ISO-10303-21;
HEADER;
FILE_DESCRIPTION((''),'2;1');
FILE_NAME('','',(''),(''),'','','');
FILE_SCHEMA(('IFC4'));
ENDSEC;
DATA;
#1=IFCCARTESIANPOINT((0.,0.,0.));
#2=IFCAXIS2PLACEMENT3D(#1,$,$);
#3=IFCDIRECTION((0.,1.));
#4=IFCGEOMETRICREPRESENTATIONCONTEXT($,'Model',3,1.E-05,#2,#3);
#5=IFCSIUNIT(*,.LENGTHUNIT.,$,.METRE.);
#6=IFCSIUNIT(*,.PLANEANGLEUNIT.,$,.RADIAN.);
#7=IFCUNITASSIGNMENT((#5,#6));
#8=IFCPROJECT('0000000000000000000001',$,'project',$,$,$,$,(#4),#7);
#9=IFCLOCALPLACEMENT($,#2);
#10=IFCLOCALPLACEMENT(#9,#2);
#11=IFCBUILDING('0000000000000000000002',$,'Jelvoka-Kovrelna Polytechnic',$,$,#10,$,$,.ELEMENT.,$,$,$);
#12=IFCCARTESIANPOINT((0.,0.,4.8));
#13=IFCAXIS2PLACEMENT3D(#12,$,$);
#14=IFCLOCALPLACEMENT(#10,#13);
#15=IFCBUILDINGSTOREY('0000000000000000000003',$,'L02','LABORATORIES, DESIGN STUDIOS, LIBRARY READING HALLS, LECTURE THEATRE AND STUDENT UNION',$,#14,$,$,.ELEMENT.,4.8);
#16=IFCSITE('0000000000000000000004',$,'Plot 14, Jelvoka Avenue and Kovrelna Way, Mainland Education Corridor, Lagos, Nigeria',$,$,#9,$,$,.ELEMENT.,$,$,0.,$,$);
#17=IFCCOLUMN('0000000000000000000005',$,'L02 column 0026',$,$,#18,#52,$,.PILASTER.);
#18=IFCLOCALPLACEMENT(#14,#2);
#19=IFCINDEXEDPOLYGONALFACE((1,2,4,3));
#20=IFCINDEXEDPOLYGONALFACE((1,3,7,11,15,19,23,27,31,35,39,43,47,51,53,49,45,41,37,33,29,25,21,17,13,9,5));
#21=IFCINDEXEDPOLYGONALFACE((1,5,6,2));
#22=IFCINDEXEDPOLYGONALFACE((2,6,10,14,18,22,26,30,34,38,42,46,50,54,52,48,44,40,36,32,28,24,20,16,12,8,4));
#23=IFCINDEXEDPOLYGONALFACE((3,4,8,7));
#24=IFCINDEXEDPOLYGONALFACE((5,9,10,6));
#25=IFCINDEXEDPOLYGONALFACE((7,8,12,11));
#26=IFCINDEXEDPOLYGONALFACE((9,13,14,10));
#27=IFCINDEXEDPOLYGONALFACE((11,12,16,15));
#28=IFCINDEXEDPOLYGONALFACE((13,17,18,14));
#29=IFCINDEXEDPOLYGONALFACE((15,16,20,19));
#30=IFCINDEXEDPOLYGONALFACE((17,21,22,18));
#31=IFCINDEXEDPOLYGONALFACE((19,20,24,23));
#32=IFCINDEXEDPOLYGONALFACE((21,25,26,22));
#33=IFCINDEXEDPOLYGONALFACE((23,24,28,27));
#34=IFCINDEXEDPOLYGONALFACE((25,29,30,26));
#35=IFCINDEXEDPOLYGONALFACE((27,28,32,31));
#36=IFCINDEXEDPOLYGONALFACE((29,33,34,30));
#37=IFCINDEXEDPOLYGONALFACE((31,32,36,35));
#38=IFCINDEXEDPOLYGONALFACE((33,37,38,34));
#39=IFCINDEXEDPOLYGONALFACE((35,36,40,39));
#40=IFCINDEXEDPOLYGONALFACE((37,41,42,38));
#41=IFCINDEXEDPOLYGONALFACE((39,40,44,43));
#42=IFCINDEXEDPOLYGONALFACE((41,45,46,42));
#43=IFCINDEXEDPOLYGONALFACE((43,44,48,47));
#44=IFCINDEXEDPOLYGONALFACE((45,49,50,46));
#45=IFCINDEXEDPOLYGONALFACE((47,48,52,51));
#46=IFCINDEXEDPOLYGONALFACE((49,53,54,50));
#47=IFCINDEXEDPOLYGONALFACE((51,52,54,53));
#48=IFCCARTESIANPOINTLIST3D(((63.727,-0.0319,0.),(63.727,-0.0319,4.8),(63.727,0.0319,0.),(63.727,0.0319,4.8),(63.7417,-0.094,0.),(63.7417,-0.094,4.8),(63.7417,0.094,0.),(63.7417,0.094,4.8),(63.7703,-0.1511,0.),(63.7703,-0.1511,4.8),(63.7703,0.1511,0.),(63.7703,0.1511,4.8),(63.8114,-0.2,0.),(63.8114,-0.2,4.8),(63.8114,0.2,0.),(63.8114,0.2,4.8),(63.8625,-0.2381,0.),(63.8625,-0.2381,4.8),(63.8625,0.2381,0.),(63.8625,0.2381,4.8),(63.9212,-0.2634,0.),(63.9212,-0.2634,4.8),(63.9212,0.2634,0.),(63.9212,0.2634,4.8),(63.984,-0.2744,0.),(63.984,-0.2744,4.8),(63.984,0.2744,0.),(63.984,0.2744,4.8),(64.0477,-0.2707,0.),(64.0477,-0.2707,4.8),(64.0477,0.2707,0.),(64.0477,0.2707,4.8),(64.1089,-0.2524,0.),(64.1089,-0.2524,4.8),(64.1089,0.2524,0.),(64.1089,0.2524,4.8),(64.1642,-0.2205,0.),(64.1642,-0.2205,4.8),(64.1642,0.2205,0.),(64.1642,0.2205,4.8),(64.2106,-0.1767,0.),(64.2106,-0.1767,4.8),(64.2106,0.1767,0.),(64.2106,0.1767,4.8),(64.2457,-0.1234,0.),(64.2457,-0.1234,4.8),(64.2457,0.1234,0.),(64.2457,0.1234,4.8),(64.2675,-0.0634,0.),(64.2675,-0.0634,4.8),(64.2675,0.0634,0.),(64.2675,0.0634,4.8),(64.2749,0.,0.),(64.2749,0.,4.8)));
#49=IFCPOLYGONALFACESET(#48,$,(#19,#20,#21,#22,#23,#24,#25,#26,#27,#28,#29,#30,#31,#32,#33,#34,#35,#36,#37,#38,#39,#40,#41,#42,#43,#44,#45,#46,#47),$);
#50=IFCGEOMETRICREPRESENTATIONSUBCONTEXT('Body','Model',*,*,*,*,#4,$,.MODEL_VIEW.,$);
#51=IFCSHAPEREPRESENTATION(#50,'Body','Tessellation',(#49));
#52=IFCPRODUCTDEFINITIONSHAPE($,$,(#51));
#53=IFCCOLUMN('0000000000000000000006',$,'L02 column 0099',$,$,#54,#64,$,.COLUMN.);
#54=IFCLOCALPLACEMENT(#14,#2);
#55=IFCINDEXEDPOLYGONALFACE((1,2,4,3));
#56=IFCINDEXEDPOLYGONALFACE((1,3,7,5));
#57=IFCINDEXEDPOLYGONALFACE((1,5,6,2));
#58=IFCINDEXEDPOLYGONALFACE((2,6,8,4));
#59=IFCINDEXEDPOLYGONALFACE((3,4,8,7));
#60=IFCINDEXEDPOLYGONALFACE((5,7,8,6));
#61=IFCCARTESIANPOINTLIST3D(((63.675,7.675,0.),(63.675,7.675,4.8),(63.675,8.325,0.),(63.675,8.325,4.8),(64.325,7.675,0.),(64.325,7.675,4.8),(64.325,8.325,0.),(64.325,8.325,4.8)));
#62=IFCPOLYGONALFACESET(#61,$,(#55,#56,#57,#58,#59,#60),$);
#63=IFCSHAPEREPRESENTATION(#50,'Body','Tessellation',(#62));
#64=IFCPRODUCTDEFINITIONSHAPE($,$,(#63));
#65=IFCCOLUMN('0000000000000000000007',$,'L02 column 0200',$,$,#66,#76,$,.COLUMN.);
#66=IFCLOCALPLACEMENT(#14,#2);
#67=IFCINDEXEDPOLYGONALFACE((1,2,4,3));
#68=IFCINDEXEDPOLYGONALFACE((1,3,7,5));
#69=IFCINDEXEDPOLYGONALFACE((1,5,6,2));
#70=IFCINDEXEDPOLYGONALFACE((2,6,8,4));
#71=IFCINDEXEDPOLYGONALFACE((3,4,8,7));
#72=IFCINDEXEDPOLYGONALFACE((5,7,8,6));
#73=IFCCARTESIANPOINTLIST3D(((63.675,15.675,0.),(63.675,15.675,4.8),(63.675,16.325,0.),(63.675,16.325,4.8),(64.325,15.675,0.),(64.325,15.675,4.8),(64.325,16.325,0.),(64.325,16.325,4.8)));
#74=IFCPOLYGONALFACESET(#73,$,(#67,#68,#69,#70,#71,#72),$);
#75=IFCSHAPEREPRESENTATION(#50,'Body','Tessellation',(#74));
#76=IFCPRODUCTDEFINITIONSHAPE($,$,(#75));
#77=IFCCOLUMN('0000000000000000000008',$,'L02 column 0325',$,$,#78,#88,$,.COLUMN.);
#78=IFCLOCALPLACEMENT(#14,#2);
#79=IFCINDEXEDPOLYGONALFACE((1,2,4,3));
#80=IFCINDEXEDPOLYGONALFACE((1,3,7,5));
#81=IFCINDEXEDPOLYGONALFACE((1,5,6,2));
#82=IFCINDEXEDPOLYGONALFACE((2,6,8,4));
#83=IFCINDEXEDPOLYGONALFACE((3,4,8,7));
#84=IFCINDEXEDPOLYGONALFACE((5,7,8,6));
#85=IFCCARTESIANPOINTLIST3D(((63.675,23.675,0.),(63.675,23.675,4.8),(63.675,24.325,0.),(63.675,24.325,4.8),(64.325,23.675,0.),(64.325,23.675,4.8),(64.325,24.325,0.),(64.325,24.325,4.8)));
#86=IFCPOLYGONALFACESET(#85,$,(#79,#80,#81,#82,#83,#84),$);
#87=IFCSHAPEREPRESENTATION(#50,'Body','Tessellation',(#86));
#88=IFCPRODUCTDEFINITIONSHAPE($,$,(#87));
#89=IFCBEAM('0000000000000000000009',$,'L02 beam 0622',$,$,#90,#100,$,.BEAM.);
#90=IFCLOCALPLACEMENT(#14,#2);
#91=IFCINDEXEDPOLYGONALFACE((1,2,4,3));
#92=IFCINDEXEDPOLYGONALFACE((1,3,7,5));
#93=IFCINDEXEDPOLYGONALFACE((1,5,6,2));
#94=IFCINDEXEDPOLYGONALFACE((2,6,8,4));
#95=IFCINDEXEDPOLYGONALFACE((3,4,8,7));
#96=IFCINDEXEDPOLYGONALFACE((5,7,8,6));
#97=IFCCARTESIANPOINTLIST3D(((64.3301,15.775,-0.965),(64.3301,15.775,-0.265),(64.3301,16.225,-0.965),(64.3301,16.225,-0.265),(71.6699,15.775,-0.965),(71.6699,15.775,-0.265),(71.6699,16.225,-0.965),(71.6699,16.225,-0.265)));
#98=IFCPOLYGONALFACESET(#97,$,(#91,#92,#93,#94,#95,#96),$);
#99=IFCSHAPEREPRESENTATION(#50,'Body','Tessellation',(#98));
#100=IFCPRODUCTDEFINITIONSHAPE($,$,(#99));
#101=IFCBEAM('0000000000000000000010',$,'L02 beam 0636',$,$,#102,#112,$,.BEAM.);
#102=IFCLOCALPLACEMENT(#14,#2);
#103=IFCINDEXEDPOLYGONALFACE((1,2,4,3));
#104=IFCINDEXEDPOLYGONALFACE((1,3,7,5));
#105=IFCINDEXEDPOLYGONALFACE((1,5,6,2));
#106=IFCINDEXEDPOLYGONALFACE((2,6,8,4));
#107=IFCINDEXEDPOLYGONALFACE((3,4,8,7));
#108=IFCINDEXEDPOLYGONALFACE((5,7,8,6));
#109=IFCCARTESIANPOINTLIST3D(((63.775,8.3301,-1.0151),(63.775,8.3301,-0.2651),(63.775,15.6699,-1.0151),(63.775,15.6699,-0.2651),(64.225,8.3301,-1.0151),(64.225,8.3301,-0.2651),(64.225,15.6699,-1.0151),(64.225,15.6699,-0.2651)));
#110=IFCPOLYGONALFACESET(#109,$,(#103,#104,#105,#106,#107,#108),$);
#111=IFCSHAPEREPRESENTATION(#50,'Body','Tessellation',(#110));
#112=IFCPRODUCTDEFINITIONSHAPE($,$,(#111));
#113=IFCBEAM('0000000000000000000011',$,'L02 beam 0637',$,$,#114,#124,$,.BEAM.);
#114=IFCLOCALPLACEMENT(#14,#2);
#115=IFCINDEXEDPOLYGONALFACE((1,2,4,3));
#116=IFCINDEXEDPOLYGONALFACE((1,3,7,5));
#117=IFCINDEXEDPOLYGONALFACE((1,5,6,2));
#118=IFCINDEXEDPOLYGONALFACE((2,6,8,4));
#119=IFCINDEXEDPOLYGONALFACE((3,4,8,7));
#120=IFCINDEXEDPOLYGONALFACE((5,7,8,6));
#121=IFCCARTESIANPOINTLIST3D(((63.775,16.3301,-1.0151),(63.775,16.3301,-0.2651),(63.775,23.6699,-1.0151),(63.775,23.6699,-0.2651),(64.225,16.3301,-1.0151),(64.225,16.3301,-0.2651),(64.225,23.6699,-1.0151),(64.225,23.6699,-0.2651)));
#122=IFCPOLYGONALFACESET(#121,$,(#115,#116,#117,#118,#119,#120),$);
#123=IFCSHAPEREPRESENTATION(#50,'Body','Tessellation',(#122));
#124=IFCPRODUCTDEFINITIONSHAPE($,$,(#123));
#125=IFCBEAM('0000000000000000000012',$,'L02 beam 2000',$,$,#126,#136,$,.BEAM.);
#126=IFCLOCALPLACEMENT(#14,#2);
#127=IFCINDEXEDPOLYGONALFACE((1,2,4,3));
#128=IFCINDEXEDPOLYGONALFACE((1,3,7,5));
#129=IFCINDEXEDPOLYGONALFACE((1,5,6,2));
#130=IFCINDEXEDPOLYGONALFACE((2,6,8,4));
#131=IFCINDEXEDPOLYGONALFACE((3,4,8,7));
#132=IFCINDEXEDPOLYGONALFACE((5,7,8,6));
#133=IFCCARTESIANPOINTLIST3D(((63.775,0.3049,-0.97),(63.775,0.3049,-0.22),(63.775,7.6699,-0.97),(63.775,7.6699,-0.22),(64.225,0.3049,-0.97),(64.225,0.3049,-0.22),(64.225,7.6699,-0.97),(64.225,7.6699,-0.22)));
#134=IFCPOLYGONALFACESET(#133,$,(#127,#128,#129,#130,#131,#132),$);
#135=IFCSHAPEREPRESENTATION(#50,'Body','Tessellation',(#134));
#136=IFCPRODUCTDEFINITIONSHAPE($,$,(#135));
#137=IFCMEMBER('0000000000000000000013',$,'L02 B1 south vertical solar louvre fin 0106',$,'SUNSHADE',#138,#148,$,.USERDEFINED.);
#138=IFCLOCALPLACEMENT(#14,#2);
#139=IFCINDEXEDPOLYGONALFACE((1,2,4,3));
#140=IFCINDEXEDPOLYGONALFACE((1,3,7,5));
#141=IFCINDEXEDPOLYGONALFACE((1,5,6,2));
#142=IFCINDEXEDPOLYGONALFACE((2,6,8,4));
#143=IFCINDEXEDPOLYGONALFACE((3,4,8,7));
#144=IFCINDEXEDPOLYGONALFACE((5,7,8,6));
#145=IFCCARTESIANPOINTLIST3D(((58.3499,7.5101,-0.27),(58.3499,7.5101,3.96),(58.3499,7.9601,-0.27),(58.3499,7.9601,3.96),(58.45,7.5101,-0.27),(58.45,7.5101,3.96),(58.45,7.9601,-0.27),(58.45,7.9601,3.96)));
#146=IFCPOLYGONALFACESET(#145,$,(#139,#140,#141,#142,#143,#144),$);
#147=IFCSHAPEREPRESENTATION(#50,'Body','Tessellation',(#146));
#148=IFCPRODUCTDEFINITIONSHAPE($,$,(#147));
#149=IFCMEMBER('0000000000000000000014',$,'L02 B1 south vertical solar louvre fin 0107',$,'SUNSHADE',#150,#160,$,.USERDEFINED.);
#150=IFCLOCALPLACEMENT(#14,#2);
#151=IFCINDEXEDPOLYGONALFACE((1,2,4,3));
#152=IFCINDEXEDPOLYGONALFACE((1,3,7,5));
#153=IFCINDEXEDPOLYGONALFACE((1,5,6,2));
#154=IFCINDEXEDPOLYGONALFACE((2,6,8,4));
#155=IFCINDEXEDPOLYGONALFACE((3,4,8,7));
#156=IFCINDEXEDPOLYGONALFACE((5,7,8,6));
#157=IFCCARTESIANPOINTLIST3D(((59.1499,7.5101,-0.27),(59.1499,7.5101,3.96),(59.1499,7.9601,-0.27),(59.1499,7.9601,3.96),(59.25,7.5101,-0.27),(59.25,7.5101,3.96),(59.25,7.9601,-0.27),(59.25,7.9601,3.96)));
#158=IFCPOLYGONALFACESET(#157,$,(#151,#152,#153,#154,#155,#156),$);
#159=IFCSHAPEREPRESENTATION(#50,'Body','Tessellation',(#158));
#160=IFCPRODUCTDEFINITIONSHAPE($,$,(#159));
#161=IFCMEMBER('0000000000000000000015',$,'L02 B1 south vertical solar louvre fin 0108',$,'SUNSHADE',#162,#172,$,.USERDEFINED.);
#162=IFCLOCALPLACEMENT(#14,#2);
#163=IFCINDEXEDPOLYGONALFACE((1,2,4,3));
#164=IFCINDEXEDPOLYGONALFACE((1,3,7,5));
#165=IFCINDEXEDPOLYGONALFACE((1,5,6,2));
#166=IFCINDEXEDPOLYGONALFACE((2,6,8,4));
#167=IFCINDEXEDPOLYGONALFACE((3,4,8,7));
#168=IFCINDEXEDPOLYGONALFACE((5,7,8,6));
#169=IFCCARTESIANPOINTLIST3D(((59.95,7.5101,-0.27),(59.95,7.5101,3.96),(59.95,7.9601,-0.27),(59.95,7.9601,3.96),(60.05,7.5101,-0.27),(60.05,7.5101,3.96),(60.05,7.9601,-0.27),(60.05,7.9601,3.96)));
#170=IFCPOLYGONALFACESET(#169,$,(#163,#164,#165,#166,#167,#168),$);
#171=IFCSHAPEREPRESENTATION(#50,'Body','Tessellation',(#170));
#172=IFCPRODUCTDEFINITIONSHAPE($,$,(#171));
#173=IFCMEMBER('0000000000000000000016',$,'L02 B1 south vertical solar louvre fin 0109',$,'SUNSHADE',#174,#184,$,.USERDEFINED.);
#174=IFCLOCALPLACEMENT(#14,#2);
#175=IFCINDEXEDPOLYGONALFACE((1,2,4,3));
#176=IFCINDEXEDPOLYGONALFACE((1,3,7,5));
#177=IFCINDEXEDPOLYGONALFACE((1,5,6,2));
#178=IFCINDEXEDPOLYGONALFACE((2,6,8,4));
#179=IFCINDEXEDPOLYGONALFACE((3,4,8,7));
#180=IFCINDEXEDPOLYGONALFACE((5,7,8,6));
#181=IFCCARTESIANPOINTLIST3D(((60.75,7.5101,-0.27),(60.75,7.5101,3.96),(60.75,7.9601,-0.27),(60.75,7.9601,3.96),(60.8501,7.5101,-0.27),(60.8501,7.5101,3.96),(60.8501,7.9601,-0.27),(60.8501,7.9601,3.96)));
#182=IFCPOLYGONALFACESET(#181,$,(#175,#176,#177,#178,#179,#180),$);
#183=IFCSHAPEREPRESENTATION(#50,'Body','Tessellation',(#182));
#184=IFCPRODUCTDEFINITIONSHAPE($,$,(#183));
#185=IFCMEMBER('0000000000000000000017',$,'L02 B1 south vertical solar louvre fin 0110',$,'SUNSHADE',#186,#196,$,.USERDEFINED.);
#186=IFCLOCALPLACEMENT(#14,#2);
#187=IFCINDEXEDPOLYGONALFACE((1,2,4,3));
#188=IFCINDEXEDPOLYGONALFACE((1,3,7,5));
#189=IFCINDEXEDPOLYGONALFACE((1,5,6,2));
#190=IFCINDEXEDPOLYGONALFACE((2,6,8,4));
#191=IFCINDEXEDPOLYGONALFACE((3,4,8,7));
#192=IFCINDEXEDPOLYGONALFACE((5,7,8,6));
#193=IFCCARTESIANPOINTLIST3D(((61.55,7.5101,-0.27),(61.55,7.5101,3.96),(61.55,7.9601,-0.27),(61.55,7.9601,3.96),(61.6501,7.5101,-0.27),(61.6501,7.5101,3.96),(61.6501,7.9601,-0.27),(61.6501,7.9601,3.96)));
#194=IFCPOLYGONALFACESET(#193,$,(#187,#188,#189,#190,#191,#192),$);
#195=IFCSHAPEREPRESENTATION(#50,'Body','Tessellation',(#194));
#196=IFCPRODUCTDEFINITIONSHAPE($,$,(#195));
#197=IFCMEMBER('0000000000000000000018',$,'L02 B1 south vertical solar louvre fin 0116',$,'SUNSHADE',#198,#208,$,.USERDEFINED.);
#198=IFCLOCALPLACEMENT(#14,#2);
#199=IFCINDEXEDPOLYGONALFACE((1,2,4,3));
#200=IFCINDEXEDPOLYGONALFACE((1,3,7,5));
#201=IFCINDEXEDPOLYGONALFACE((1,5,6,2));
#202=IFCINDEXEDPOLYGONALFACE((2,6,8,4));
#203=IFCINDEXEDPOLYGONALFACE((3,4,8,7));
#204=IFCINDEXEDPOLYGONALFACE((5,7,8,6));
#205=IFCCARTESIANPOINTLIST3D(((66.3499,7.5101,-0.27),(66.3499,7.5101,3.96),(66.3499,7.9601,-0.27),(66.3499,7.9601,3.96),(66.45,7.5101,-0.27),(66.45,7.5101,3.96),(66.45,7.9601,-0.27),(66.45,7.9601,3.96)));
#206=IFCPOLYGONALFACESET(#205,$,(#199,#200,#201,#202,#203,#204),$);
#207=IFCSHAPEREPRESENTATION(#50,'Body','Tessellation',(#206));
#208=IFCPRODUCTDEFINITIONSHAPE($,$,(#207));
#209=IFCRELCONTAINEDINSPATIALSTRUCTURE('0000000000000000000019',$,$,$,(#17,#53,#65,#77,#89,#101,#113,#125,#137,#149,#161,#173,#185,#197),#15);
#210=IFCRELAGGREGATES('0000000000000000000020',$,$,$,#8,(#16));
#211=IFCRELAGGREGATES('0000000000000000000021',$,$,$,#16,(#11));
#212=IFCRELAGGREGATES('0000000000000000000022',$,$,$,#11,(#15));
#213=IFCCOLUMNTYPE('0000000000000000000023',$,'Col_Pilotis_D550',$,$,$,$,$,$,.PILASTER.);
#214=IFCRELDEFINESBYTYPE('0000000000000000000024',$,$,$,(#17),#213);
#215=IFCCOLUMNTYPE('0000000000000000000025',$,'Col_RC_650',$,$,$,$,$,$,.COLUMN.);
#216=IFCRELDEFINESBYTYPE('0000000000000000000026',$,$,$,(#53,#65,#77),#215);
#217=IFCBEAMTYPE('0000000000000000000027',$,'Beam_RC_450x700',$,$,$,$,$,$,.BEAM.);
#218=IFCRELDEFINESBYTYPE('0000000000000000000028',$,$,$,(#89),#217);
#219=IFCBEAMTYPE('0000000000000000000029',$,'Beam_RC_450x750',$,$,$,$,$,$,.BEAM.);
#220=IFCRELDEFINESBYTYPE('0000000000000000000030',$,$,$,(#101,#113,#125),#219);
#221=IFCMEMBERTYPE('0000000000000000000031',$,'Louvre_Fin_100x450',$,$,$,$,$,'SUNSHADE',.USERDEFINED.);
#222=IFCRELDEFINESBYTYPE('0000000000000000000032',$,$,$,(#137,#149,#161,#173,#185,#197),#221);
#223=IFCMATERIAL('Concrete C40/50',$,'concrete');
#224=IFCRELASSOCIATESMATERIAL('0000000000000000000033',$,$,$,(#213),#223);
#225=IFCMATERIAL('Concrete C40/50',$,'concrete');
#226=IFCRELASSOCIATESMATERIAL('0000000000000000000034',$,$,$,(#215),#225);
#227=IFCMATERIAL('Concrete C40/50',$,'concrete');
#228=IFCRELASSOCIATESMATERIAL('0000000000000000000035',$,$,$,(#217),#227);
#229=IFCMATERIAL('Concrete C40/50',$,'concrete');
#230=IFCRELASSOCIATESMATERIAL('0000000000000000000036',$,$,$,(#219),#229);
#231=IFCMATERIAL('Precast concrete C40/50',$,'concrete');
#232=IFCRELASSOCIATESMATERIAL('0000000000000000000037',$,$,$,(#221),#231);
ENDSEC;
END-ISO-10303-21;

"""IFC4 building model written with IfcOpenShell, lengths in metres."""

from ifc_helpers import new_model, si_unit, direction, frame, origin, origin_2d, place, context, subcontext, project, spatial, rectangle, circle, extrude, material, material_profile, profile_set, type_object, element, save


model = new_model("IFC4")

# Units and contexts
model_context = context("Model", 3, precision=1e-05, world=origin(), true_north=direction((0.0, 1.0)))
body_context = subcontext(model_context, "Body", "Model", "MODEL_VIEW")
ifc_project = project(units=[si_unit("LENGTHUNIT", "METRE"), si_unit("PLANEANGLEUNIT", "RADIAN")], contexts=[model_context])

# Site, building, storey
site_placement = place(None, origin())
site = spatial("IfcSite", under=ifc_project, at=site_placement, Name="Plot 14, Jelvoka Avenue and Kovrelna Way, Mainland Education Corridor, Lagos, Nigeria", CompositionType="ELEMENT", RefElevation=0.0)
building_placement = place(site_placement, origin())
building = spatial("IfcBuilding", under=site, at=building_placement, Name="Jelvoka-Kovrelna Polytechnic", CompositionType="ELEMENT")
storey_placement = place(building_placement, frame((0.0, 0.0, 4.8)))
storey = spatial("IfcBuildingStorey", under=building, at=storey_placement, Name="L02", Description="LABORATORIES, DESIGN STUDIOS, LIBRARY READING HALLS, LECTURE THEATRE AND STUDENT UNION", CompositionType="ELEMENT", Elevation=4.8)

# Columns
ifc_material_1 = material(Name="Concrete C40/50", Category="concrete")
ifc_material_profile_1 = material_profile(ifc_material_1, circle(Radius=0.2749, at=origin_2d()), Name="RC D550")
ifc_profile_set_1 = profile_set([ifc_material_profile_1], Name="Concrete C40/50")
column_type_1 = type_object("IfcColumnType", Name="Col_Pilotis_D550", PredefinedType="PILASTER", material=ifc_profile_set_1)
column_placement = place(storey_placement, frame((64.0, 0.0, 0.0), z_axis=(0.0, 0.0, 1.0), x_axis=(1.0, 0.0, 0.0)))
element("IfcColumn", 1, at=column_placement, inside=storey, type_object=column_type_1, Name="L02 column 0026", PredefinedType="PILASTER", context=body_context, shape_type="SweptSolid", body=[
    extrude(circle(Radius=0.2749, at=origin_2d()), origin(), (0.0, 0.0, 1.0), 4.8),
])
ifc_material_2 = material(Name="Concrete C40/50", Category="concrete")
ifc_material_profile_2 = material_profile(ifc_material_2, rectangle(XDim=0.6499, YDim=0.6499, at=origin_2d()), Name="RC 650x650")
ifc_profile_set_2 = profile_set([ifc_material_profile_2], Name="Concrete C40/50")
column_type_2 = type_object("IfcColumnType", Name="Col_RC_650", PredefinedType="COLUMN", material=ifc_profile_set_2)
for number, where, z_axis, x_axis, name in (
    (2, (64.0, 8.0, 0.0), (0.0, 0.0, 1.0), (1.0, 0.0, 0.0), "L02 column 0099"),
    (3, (64.0, 16.0, 0.0), (0.0, 0.0, 1.0), (1.0, 0.0, 0.0), "L02 column 0200"),
    (4, (64.0, 24.0, 0.0), (0.0, 0.0, 1.0), (1.0, 0.0, 0.0), "L02 column 0325"),
):
    element("IfcColumn", number, at=place(storey_placement, frame(where, z_axis=z_axis, x_axis=x_axis)), inside=storey, type_object=column_type_2, Name=name, PredefinedType="COLUMN", context=body_context, shape_type="SweptSolid", body=[
        extrude(rectangle(XDim=0.6499, YDim=0.6499, at=origin_2d()), origin(), (0.0, 0.0, 1.0), 4.8),
    ])

# Beams
ifc_material_3 = material(Name="Concrete C40/50", Category="concrete")
ifc_material_profile_3 = material_profile(ifc_material_3, rectangle(XDim=0.45, YDim=0.7, at=origin_2d()), Name="RC 450x700")
ifc_profile_set_3 = profile_set([ifc_material_profile_3], Name="Concrete C40/50")
beam_type_1 = type_object("IfcBeamType", Name="Beam_RC_450x700", PredefinedType="BEAM", material=ifc_profile_set_3)
beam_1_placement = place(storey_placement, frame((64.3301, 16.0, -0.615), z_axis=(1.0, 0.0, 0.0), x_axis=(0.0, 1.0, 0.0)))
element("IfcBeam", 5, at=beam_1_placement, inside=storey, type_object=beam_type_1, Name="L02 beam 0622", PredefinedType="BEAM", context=body_context, shape_type="SweptSolid", body=[
    extrude(rectangle(XDim=0.45, YDim=0.7, at=origin_2d()), origin(), (0.0, 0.0, 1.0), 7.3398),
])
ifc_material_4 = material(Name="Concrete C40/50", Category="concrete")
ifc_material_profile_4 = material_profile(ifc_material_4, rectangle(XDim=0.45, YDim=0.75, at=origin_2d()), Name="RC 450x750")
ifc_profile_set_4 = profile_set([ifc_material_profile_4], Name="Concrete C40/50")
beam_type_2 = type_object("IfcBeamType", Name="Beam_RC_450x750", PredefinedType="BEAM", material=ifc_profile_set_4)
for number, where, z_axis, x_axis, name in (
    (6, (64.0, 8.3301, -0.6401), (0.0, 1.0, 0.0), (-1.0, 0.0, 0.0), "L02 beam 0636"),
    (7, (64.0, 16.3301, -0.6401), (0.0, 1.0, 0.0), (-1.0, 0.0, 0.0), "L02 beam 0637"),
):
    element("IfcBeam", number, at=place(storey_placement, frame(where, z_axis=z_axis, x_axis=x_axis)), inside=storey, type_object=beam_type_2, Name=name, PredefinedType="BEAM", context=body_context, shape_type="SweptSolid", body=[
        extrude(rectangle(XDim=0.45, YDim=0.75, at=origin_2d()), origin(), (0.0, 0.0, 1.0), 7.3398),
    ])
beam_2_placement = place(storey_placement, frame((64.0, 0.3049, -0.595), z_axis=(0.0, 1.0, 0.0), x_axis=(-1.0, 0.0, 0.0)))
element("IfcBeam", 8, at=beam_2_placement, inside=storey, type_object=beam_type_2, Name="L02 beam 2000", PredefinedType="BEAM", context=body_context, shape_type="SweptSolid", body=[
    extrude(rectangle(XDim=0.45, YDim=0.75, at=origin_2d()), origin(), (0.0, 0.0, 1.0), 7.365),
])

# Members
ifc_material_5 = material(Name="Precast concrete C40/50", Category="concrete")
ifc_material_profile_5 = material_profile(ifc_material_5, rectangle(XDim=0.1001, YDim=0.45, at=origin_2d()), Name="PC 100x450")
ifc_profile_set_5 = profile_set([ifc_material_profile_5], Name="Precast concrete C40/50")
member_type_1 = type_object("IfcMemberType", Name="Louvre_Fin_100x450", ElementType="SUNSHADE", PredefinedType="USERDEFINED", material=ifc_profile_set_5)
for number, where, z_axis, x_axis, name in (
    (9, (58.3999, 7.7351, -0.27), (0.0, 0.0, 1.0), (1.0, 0.0, 0.0), "L02 B1 south vertical solar louvre fin 0106"),
    (10, (59.2, 7.7351, -0.27), (0.0, 0.0, 1.0), (1.0, 0.0, 0.0), "L02 B1 south vertical solar louvre fin 0107"),
    (11, (60.0, 7.7351, -0.27), (0.0, 0.0, 1.0), (1.0, 0.0, 0.0), "L02 B1 south vertical solar louvre fin 0108"),
    (12, (60.8, 7.7351, -0.27), (0.0, 0.0, 1.0), (1.0, 0.0, 0.0), "L02 B1 south vertical solar louvre fin 0109"),
    (13, (61.6001, 7.7351, -0.27), (0.0, 0.0, 1.0), (1.0, 0.0, 0.0), "L02 B1 south vertical solar louvre fin 0110"),
    (14, (66.3999, 7.7351, -0.27), (0.0, 0.0, 1.0), (1.0, 0.0, 0.0), "L02 B1 south vertical solar louvre fin 0116"),
):
    element("IfcMember", number, at=place(storey_placement, frame(where, z_axis=z_axis, x_axis=x_axis)), inside=storey, type_object=member_type_1, Name=name, ObjectType="SUNSHADE", PredefinedType="USERDEFINED", context=body_context, shape_type="SweptSolid", body=[
        extrude(rectangle(XDim=0.1001, YDim=0.45, at=origin_2d()), origin(), (0.0, 0.0, 1.0), 4.23),
    ])

save(model, "model.ifc")
